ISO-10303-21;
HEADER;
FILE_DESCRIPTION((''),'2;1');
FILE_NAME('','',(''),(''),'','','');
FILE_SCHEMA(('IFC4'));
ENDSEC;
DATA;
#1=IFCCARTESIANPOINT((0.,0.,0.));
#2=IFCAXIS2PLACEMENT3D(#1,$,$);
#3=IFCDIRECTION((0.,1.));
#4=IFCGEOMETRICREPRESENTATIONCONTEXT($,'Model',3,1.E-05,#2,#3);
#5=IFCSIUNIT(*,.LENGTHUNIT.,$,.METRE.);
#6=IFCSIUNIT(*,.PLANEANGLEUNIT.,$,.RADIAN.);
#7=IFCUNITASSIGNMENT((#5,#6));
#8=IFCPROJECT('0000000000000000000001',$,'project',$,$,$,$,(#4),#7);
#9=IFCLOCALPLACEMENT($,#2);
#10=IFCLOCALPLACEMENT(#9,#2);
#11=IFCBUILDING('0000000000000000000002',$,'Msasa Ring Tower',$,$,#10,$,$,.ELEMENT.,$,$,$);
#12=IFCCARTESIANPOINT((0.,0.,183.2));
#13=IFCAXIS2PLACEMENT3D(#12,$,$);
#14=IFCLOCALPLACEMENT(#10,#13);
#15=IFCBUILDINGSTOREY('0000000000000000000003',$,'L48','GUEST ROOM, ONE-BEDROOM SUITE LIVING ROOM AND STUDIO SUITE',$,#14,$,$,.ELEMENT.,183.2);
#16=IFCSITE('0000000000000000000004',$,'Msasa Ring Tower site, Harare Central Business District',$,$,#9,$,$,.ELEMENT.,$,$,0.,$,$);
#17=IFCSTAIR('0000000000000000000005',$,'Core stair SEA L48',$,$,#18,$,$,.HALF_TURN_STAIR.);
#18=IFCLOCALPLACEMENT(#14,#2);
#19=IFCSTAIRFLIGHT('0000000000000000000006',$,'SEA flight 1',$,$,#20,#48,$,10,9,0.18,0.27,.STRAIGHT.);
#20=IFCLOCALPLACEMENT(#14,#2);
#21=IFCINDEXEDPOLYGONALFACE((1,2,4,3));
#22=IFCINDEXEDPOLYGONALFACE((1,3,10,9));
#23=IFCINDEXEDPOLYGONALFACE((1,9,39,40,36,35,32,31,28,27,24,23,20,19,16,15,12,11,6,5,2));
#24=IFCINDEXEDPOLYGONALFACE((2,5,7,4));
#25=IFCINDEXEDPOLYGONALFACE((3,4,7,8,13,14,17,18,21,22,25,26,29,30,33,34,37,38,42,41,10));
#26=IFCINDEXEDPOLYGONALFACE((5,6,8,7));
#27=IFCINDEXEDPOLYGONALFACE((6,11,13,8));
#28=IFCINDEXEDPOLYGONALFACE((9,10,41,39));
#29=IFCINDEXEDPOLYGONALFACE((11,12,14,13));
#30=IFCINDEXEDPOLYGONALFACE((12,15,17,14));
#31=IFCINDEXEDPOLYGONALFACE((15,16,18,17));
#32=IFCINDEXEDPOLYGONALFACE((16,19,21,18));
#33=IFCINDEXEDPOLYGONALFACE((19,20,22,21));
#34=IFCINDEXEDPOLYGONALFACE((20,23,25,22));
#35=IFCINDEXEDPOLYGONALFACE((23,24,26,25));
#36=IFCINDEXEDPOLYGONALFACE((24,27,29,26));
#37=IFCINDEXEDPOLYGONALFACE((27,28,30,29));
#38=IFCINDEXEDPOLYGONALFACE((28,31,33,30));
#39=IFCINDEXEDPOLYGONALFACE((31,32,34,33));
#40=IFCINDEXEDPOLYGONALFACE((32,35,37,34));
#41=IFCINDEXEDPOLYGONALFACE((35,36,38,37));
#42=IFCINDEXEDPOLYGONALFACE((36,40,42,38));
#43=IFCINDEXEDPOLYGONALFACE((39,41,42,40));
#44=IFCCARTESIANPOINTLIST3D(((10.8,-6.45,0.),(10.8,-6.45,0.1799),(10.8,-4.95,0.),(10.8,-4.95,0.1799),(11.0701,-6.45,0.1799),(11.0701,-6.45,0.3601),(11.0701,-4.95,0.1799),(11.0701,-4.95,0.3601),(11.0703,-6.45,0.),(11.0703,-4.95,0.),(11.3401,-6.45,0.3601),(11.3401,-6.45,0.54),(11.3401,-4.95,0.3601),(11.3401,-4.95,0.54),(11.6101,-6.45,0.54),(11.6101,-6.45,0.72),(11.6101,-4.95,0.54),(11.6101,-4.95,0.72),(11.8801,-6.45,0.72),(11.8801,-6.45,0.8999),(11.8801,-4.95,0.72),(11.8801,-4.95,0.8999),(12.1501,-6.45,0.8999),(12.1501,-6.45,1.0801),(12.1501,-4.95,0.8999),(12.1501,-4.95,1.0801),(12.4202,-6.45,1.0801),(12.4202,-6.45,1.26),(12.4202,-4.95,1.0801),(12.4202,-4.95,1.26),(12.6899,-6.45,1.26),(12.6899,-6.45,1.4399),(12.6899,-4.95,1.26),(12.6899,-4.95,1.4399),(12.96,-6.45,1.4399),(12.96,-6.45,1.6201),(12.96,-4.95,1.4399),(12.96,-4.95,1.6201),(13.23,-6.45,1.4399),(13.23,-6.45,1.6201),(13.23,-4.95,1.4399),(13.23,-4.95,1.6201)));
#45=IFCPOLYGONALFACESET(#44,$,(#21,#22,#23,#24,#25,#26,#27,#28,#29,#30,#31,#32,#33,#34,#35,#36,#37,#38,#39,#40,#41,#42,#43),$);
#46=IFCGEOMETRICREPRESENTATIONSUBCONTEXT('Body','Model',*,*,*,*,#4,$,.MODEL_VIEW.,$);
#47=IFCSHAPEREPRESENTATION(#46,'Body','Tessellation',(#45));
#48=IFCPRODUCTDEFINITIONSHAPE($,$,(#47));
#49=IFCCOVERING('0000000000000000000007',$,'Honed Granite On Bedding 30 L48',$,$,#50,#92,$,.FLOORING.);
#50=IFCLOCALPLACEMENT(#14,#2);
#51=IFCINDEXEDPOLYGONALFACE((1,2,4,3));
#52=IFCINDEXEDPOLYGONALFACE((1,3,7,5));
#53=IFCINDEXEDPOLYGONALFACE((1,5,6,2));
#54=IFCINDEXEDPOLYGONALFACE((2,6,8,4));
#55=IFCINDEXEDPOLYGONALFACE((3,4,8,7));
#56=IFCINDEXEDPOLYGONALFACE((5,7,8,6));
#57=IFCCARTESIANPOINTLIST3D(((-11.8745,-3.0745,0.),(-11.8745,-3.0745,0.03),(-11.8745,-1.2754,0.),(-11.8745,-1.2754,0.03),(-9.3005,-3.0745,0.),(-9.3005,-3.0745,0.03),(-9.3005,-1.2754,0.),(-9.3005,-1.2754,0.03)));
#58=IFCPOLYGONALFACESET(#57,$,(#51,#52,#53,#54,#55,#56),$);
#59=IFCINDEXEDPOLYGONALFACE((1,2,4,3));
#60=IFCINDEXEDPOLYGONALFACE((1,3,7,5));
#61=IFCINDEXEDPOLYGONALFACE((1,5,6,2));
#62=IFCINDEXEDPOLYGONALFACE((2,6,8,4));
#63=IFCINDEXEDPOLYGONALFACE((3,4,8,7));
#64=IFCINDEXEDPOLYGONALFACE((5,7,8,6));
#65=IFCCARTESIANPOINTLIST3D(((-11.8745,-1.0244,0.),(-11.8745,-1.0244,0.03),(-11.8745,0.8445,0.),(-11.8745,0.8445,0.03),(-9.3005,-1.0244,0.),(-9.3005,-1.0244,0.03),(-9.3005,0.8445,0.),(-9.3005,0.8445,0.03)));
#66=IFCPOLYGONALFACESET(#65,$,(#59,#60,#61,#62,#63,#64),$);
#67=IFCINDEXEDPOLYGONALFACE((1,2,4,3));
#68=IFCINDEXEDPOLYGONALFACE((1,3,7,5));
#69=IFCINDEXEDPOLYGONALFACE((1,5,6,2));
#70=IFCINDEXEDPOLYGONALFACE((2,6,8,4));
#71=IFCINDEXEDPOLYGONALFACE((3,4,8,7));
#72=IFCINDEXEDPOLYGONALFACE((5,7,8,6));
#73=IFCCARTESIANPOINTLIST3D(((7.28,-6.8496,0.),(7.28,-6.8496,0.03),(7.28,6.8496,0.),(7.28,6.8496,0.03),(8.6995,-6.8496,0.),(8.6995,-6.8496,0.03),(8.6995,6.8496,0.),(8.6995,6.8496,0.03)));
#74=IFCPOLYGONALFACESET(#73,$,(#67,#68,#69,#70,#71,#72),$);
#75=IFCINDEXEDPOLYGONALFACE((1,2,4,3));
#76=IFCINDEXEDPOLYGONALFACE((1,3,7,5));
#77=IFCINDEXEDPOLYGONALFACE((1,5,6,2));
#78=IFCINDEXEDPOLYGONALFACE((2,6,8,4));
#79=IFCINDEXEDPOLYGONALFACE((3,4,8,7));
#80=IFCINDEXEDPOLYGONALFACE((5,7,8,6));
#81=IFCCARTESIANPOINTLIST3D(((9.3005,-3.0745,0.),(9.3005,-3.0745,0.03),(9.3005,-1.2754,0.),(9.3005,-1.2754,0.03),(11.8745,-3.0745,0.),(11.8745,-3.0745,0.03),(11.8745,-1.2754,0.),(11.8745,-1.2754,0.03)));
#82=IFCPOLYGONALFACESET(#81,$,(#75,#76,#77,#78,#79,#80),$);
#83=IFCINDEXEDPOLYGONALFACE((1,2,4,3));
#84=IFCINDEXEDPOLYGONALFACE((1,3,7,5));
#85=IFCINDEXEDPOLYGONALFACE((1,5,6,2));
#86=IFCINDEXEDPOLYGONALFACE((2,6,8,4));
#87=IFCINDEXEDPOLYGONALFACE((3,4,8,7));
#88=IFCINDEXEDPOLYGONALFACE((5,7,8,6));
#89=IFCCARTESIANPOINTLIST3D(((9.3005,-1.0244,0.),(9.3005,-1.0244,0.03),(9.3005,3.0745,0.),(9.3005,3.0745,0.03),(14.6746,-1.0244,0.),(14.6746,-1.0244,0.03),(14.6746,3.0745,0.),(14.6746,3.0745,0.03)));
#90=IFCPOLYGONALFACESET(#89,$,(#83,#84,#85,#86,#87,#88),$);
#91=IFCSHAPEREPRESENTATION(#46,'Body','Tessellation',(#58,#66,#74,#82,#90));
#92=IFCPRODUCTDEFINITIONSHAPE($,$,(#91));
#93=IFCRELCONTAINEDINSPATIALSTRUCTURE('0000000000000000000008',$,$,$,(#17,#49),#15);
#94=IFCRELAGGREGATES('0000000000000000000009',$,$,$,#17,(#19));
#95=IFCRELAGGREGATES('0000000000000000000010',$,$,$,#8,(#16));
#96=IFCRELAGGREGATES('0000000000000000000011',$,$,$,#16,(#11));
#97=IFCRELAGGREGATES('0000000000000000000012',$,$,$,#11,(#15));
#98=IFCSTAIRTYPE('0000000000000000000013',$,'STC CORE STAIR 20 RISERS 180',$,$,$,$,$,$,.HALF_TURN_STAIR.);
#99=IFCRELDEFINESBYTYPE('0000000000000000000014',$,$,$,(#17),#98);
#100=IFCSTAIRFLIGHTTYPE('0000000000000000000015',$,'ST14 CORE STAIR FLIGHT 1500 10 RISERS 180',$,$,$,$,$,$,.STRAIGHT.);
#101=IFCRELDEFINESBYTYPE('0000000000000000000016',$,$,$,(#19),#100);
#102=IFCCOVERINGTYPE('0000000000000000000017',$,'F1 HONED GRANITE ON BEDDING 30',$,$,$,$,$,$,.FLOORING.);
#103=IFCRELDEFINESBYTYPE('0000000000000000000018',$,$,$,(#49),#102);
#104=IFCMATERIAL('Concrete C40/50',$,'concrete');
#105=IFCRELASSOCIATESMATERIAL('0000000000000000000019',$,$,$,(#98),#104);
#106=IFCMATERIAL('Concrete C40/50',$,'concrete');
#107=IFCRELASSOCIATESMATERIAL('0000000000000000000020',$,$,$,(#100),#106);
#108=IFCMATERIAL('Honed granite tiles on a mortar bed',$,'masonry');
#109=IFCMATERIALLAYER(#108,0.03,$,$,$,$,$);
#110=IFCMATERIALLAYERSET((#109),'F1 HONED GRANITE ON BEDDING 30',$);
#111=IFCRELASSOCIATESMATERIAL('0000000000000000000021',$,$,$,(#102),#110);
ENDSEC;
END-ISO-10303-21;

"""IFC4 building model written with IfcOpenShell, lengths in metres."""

from ifc_helpers import new_model, si_unit, direction, frame, origin, place, context, subcontext, project, spatial, polyline, line, indexed_curve, outline, extrude, material, layer, layer_set, type_object, element, aggregate, save


model = new_model("IFC4")

# Units and contexts
model_context = context("Model", 3, precision=1e-05, world=origin(), true_north=direction((0.0, 1.0)))
body_context = subcontext(model_context, "Body", "Model", "MODEL_VIEW")
ifc_project = project(units=[si_unit("LENGTHUNIT", "METRE"), si_unit("PLANEANGLEUNIT", "RADIAN")], contexts=[model_context])

# Site, building, storey
site_placement = place(None, origin())
site = spatial("IfcSite", under=ifc_project, at=site_placement, Name="Msasa Ring Tower site, Harare Central Business District", CompositionType="ELEMENT", RefElevation=0.0)
building_placement = place(site_placement, origin())
building = spatial("IfcBuilding", under=site, at=building_placement, Name="Msasa Ring Tower", CompositionType="ELEMENT")
storey_placement = place(building_placement, frame((0.0, 0.0, 183.2)))
storey = spatial("IfcBuildingStorey", under=building, at=storey_placement, Name="L48", Description="GUEST ROOM, ONE-BEDROOM SUITE LIVING ROOM AND STUDIO SUITE", CompositionType="ELEMENT", Elevation=183.2)

# Shared definitions
ifc_material_1 = material(Name="Concrete C40/50", Category="concrete")
stair_type = type_object("IfcStairType", Name="STC CORE STAIR 20 RISERS 180", PredefinedType="HALF_TURN_STAIR", material=ifc_material_1)

# Stair, stair flight
stair_1_placement = place(storey_placement, origin())
stair_1 = element("IfcStair", 1, at=stair_1_placement, inside=storey, type_object=stair_type, Name="Core stair SEA L48", PredefinedType="HALF_TURN_STAIR")
ifc_material_2 = material(Name="Concrete C40/50", Category="concrete")
stair_flight_type = type_object("IfcStairFlightType", Name="ST14 CORE STAIR FLIGHT 1500 10 RISERS 180", PredefinedType="STRAIGHT", material=ifc_material_2)
stair_flight_placement = place(storey_placement, frame((10.8, -5.7, 0.0), z_axis=(0.0, 0.0, 1.0), x_axis=(1.0, 0.0, 0.0)))
stair_flight = element("IfcStairFlight", 2, at=stair_flight_placement, type_object=stair_flight_type, Name="SEA flight 1", NumberOfRisers=10, NumberOfTreads=9, PredefinedType="STRAIGHT", RiserHeight=0.18, TreadLength=0.27, context=body_context, shape_type="SweptSolid", body=[
    extrude(outline(polyline([(0.0, 0.0), (0.0, 0.1799), (0.27, 0.1799), (0.27, 0.3601), (0.54, 0.3601), (0.54, 0.54), (0.8101, 0.54), (0.8101, 0.72), (1.0801, 0.72), (1.0801, 0.8999), (1.3501, 0.8999), (1.3501, 1.0801), (1.6201, 1.0801), (1.6201, 1.26), (1.8899, 1.26), (1.8899, 1.4399), (2.1599, 1.4399), (2.1599, 1.6201), (2.4299, 1.6201), (2.4299, 1.8), (2.4299, 1.4399), (0.2703, 0.0), (0.0, 0.0)])), frame((0.0, 0.75, 0.0), z_axis=(0.0, -1.0, 0.0), x_axis=(1.0, 0.0, 0.0)), (0.0, 0.0, 1.0), 1.5),
])
aggregate(stair_1, [stair_flight])

# Covering
ifc_material_3 = material(Name="Honed granite tiles on a mortar bed", Category="masonry")
ifc_layer_1 = layer(ifc_material_3, 0.03)
ifc_layer_set_1 = layer_set([ifc_layer_1], Name="F1 HONED GRANITE ON BEDDING 30")
covering_type = type_object("IfcCoveringType", Name="F1 HONED GRANITE ON BEDDING 30", PredefinedType="FLOORING", material=ifc_layer_set_1)
covering_placement = place(storey_placement, origin())
element("IfcCovering", 3, at=covering_placement, inside=storey, type_object=covering_type, Name="Honed Granite On Bedding 30 L48", PredefinedType="FLOORING", context=body_context, shape_type="SweptSolid", body=[
    extrude(outline(indexed_curve([(-11.8745, -3.0745), (-11.8745, -1.2754), (-9.3005, -1.2754), (-9.3005, -3.0745)], segments=[line(1, 2, 3, 4, 1)], self_intersect=False)), origin(), (0.0, 0.0, 1.0), 0.03),
    extrude(outline(indexed_curve([(-11.8745, -1.0244), (-11.8745, 0.8445), (-9.3005, 0.8445), (-9.3005, -1.0244)], segments=[line(1, 2, 3, 4, 1)], self_intersect=False)), origin(), (0.0, 0.0, 1.0), 0.03),
    extrude(outline(indexed_curve([(8.6995, 6.8496), (8.6995, -6.8496), (7.28, -6.8496), (7.28, 6.8496)], segments=[line(1, 2, 3, 4, 1)], self_intersect=False)), origin(), (0.0, 0.0, 1.0), 0.03),
    extrude(outline(indexed_curve([(9.3005, -3.0745), (9.3005, -1.2754), (11.8745, -1.2754), (11.8745, -3.0745)], segments=[line(1, 2, 3, 4, 1)], self_intersect=False)), origin(), (0.0, 0.0, 1.0), 0.03),
    extrude(outline(indexed_curve([(9.3005, 3.0745), (14.6746, 3.0745), (14.6746, -1.0244), (9.3005, -1.0244)], segments=[line(1, 2, 3, 4, 1)], self_intersect=False)), origin(), (0.0, 0.0, 1.0), 0.03),
])

save(model, "model.ifc")
